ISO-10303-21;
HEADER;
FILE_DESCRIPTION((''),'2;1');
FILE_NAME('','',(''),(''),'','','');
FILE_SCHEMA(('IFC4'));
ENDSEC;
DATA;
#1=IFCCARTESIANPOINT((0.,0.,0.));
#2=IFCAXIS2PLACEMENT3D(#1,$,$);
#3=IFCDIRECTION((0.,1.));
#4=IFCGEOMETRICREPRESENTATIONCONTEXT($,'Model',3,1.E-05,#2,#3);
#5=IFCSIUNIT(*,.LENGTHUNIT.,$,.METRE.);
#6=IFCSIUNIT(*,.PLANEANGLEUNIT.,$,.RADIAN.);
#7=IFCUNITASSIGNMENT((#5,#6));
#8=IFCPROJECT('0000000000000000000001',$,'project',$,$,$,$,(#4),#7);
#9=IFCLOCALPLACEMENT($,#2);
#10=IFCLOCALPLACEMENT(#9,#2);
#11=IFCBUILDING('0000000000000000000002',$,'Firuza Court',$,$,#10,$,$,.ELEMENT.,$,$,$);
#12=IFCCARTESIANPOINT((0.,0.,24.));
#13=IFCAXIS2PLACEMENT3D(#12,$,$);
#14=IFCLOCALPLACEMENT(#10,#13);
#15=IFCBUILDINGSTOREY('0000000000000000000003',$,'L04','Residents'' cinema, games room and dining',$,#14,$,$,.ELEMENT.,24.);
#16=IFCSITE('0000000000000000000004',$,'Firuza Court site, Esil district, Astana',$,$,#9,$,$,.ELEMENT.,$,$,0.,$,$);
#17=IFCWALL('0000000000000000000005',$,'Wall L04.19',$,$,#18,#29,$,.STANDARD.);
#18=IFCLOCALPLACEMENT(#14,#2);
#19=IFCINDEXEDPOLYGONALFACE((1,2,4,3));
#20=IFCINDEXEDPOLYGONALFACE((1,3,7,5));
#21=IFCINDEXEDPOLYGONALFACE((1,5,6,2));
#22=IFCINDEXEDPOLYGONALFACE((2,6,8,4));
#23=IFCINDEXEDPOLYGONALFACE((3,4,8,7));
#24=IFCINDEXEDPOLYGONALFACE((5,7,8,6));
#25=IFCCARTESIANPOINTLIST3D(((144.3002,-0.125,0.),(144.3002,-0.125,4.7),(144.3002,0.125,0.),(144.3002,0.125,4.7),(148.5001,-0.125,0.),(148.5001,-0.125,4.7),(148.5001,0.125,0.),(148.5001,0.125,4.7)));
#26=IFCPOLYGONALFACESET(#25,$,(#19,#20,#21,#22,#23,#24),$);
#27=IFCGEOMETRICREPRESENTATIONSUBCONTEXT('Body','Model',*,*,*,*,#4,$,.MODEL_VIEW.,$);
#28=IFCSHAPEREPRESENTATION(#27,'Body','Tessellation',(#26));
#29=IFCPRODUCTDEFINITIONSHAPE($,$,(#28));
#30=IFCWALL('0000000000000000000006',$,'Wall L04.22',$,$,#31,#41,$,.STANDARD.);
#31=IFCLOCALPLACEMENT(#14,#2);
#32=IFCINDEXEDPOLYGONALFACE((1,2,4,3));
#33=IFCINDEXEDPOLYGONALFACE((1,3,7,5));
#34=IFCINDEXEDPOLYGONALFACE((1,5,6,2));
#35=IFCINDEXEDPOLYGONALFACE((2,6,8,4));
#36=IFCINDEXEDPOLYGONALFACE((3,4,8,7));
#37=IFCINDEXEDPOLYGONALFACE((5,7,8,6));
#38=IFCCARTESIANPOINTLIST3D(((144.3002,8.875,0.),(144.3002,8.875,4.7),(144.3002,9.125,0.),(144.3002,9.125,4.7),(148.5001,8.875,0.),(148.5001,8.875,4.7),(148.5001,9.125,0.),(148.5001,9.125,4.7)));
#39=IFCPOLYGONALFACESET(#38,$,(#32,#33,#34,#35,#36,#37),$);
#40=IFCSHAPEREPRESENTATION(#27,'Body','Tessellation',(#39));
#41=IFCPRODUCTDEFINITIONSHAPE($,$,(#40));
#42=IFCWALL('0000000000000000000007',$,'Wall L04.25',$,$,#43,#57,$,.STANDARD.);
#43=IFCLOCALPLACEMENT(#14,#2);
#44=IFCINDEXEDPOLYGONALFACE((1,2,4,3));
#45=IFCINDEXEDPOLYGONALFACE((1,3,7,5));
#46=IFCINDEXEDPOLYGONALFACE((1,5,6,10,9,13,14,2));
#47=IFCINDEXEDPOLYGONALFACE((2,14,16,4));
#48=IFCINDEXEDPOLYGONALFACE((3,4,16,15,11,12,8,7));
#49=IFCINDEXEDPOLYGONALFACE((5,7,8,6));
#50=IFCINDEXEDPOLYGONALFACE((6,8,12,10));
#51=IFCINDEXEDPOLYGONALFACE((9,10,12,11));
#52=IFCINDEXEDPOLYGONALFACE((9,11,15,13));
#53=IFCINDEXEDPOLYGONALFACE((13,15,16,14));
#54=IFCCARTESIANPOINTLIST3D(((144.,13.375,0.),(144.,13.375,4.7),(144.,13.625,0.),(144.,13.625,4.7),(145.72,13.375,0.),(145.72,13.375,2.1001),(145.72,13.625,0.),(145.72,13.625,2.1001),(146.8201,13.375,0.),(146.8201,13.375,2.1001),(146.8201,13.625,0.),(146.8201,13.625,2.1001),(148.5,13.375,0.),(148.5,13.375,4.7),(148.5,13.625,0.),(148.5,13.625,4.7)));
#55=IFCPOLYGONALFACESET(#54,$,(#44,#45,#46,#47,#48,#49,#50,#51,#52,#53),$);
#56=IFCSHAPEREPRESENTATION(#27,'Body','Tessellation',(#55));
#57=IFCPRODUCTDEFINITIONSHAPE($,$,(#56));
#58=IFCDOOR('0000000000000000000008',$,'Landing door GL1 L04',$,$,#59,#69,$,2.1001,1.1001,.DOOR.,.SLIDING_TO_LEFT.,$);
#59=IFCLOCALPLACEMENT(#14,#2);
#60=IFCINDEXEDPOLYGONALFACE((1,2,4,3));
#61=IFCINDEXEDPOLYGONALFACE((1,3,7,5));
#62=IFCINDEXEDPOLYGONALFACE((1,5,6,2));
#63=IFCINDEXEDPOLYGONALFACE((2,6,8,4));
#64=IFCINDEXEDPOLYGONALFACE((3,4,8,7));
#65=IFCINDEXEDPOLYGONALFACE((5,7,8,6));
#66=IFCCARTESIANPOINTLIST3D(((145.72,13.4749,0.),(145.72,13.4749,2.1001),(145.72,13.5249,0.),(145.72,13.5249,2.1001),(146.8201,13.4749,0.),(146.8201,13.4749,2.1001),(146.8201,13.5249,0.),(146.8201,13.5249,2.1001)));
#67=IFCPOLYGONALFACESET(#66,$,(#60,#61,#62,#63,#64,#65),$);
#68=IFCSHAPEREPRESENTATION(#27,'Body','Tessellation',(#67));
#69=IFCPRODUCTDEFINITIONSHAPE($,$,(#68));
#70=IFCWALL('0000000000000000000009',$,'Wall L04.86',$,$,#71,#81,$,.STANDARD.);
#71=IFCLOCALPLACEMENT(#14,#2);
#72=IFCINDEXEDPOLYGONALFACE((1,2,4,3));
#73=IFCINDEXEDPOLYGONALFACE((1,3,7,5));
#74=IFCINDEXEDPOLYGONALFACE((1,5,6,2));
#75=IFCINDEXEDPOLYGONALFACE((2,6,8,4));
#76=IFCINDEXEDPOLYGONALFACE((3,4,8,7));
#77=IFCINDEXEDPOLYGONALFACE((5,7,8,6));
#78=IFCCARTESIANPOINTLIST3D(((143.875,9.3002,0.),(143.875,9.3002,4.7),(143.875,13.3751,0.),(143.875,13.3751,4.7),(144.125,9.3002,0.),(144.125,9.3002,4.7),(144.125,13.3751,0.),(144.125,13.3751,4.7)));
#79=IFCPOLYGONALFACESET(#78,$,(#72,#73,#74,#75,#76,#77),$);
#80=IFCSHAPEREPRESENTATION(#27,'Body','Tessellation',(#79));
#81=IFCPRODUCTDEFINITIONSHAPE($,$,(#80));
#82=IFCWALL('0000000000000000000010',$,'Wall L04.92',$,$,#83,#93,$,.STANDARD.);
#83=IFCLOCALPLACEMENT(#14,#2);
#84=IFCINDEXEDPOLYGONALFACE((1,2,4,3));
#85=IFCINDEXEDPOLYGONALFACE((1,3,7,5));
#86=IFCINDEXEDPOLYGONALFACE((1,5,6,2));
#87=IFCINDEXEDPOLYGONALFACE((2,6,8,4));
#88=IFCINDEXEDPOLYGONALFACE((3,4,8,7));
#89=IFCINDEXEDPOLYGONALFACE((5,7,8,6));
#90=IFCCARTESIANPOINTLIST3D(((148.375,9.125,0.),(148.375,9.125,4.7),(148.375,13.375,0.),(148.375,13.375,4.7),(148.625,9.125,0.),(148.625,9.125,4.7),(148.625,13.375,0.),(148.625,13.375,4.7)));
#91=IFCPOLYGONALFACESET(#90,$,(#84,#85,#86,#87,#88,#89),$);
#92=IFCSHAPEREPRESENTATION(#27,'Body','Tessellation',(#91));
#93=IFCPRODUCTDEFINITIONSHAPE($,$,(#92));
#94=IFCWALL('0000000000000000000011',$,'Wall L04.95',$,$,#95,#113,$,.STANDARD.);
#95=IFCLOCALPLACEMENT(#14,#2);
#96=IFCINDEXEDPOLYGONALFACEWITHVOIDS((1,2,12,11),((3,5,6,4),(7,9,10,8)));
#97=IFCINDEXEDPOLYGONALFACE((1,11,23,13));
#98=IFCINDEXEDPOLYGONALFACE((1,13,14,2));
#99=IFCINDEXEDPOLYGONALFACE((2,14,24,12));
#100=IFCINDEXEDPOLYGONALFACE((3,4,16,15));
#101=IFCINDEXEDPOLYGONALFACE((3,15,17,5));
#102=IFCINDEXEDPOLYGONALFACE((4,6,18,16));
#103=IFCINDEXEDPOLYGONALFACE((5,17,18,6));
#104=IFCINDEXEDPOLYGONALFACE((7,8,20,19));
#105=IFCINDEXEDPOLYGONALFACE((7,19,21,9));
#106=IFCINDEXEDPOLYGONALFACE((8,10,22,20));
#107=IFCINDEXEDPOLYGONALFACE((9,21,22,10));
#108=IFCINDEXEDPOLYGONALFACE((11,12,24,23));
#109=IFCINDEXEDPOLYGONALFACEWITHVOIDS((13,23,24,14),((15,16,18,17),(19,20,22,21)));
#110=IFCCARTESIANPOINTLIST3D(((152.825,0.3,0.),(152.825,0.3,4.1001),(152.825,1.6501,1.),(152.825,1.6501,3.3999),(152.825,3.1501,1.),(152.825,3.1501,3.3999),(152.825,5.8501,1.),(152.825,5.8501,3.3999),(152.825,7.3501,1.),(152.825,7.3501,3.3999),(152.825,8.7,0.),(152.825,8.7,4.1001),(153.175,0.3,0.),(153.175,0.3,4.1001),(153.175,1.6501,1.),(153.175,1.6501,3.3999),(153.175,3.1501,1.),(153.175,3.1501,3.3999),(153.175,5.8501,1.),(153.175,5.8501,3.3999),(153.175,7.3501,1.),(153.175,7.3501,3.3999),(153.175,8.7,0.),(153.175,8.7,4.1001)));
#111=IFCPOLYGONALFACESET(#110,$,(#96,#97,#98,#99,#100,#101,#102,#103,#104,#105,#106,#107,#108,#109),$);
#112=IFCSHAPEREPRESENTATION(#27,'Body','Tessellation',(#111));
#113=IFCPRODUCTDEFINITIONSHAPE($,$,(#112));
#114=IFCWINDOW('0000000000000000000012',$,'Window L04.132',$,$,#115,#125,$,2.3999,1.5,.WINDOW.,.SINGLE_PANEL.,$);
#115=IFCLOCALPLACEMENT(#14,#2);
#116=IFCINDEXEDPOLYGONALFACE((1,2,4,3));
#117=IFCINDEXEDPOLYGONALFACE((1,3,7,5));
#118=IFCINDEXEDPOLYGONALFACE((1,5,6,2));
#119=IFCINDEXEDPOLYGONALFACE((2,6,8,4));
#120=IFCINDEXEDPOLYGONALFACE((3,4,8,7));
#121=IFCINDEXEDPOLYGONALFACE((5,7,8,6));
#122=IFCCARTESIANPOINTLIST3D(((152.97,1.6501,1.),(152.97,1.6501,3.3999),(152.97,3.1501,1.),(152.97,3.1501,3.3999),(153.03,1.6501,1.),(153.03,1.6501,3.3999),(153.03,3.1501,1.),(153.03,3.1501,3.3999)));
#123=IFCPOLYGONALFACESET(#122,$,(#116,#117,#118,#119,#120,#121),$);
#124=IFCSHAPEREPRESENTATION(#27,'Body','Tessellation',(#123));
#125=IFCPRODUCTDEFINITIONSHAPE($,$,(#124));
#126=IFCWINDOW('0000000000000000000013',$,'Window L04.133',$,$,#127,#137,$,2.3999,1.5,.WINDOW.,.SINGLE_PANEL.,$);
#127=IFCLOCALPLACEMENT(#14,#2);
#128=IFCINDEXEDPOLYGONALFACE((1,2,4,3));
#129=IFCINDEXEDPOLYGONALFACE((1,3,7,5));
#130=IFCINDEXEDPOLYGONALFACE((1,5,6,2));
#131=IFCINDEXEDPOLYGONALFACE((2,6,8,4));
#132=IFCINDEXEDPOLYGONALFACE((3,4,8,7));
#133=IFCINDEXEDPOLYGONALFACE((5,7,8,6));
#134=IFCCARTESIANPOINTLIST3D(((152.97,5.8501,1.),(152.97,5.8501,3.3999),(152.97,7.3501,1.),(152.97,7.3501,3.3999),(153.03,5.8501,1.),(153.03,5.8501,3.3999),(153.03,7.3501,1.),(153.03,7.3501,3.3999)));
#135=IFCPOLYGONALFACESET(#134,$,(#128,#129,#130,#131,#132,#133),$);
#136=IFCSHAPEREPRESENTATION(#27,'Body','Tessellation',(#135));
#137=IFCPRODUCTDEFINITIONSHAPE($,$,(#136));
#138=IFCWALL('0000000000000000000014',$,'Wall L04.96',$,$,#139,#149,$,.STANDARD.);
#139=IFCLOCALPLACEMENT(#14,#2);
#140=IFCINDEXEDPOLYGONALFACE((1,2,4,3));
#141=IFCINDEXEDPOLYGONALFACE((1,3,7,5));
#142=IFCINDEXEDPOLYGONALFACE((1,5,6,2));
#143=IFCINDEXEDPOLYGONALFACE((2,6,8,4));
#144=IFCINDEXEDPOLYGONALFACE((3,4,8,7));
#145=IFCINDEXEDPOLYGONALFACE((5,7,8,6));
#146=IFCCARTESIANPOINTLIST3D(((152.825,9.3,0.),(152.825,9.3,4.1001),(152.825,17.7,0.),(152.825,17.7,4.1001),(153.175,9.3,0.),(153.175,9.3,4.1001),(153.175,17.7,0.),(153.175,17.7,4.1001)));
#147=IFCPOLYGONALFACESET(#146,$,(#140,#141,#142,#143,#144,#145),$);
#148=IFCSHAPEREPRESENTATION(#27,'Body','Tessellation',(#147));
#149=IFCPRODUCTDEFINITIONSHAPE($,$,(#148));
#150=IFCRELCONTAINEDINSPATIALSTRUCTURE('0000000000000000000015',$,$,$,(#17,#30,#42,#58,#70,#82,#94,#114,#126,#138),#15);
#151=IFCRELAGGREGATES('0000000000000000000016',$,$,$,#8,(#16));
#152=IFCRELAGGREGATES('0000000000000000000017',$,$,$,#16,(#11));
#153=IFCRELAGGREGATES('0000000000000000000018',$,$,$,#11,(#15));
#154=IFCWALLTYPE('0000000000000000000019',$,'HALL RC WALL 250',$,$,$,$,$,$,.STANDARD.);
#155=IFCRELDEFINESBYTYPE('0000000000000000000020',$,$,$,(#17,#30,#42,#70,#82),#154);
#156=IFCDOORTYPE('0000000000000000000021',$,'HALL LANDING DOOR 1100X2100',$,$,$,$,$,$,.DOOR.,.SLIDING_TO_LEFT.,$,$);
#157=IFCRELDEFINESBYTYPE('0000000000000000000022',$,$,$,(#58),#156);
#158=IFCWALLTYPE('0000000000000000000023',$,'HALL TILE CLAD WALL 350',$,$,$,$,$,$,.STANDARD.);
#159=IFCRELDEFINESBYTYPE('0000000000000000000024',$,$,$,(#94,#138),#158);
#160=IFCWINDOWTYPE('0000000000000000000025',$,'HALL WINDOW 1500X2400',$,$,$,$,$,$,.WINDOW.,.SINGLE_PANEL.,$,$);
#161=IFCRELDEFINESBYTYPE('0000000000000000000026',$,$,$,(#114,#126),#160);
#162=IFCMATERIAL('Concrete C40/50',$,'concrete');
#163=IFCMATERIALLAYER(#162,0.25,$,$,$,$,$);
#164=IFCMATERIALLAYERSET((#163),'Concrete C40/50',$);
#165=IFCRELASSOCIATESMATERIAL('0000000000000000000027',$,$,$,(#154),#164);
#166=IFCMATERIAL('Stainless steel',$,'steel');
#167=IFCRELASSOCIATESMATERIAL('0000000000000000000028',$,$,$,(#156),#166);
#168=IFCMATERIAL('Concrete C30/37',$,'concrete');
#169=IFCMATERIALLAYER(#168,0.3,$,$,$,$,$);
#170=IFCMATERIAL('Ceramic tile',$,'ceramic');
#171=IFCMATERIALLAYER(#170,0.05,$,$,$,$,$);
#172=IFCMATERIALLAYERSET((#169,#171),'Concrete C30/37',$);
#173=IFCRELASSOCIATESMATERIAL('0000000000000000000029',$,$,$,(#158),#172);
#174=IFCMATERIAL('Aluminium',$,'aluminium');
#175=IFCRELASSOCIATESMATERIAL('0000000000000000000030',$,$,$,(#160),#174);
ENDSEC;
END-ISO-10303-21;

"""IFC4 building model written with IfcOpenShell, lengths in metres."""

from ifc_helpers import new_model, si_unit, direction, frame, frame_2d, origin, place, context, subcontext, project, spatial, rectangle, extrude, material, layer, layer_set, type_object, element, fill, save


model = new_model("IFC4")

# Units and contexts
model_context = context("Model", 3, precision=1e-05, world=origin(), true_north=direction((0.0, 1.0)))
body_context = subcontext(model_context, "Body", "Model", "MODEL_VIEW")
ifc_project = project(units=[si_unit("LENGTHUNIT", "METRE"), si_unit("PLANEANGLEUNIT", "RADIAN")], contexts=[model_context])

# Site, building, storey
site_placement = place(None, origin())
site = spatial("IfcSite", under=ifc_project, at=site_placement, Name="Firuza Court site, Esil district, Astana", CompositionType="ELEMENT", RefElevation=0.0)
building_placement = place(site_placement, origin())
building = spatial("IfcBuilding", under=site, at=building_placement, Name="Firuza Court", CompositionType="ELEMENT")
storey_placement = place(building_placement, frame((0.0, 0.0, 24.0)))
storey = spatial("IfcBuildingStorey", under=building, at=storey_placement, Name="L04", Description="Residents' cinema, games room and dining", CompositionType="ELEMENT", Elevation=24.0)

# Walls
ifc_material_1 = material(Name="Concrete C40/50", Category="concrete")
ifc_layer_1 = layer(ifc_material_1, 0.25)
ifc_layer_set_1 = layer_set([ifc_layer_1], Name="Concrete C40/50")
wall_type_1 = type_object("IfcWallType", Name="HALL RC WALL 250", PredefinedType="STANDARD", material=ifc_layer_set_1)
for number, where, z_axis, x_axis, name in (
    (1, (144.3, 0.0, 0.0), (0.0, 0.0, 1.0), (1.0, 0.0, 0.0), "Wall L04.19"),
    (2, (144.3, 9.0, 0.0), (0.0, 0.0, 1.0), (1.0, 0.0, 0.0), "Wall L04.22"),
):
    element("IfcWall", number, at=place(storey_placement, frame(where, z_axis=z_axis, x_axis=x_axis)), inside=storey, type_object=wall_type_1, Name=name, PredefinedType="STANDARD", context=body_context, shape_type="SweptSolid", body=[
        extrude(rectangle(XDim=4.2, YDim=0.25, at=frame_2d((2.1001, 0.0))), origin(), (0.0, 0.0, 1.0), 4.7),
    ])

# Wall, opening, door
wall_1_placement = place(storey_placement, frame((144.0, 13.5, 0.0), z_axis=(0.0, 0.0, 1.0), x_axis=(1.0, 0.0, 0.0)))
wall_1 = element("IfcWall", 3, at=wall_1_placement, inside=storey, type_object=wall_type_1, Name="Wall L04.25", PredefinedType="STANDARD", context=body_context, shape_type="SweptSolid", body=[
    extrude(rectangle(XDim=4.5, YDim=0.25, at=frame_2d((2.25, 0.0))), origin(), (0.0, 0.0, 1.0), 4.7),
])
opening_1_placement = place(wall_1_placement, frame((1.72, 0.0, 0.0)))
opening_1 = element("IfcOpeningElement", 4, at=opening_1_placement, cuts=wall_1, PredefinedType="OPENING", context=body_context, shape_type="SweptSolid", body=[
    extrude(rectangle(XDim=1.1001, YDim=2.1001, at=frame_2d((0.55, 1.05))), frame((0.0, 0.137, 0.0), z_axis=(0.0, -1.0, 0.0), x_axis=(1.0, 0.0, 0.0)), (0.0, 0.0, 1.0), 0.2739),
])
ifc_material_2 = material(Name="Stainless steel", Category="steel")
door_type_1 = type_object("IfcDoorType", Name="HALL LANDING DOOR 1100X2100", OperationType="SLIDING_TO_LEFT", PredefinedType="DOOR", material=ifc_material_2)
door_1_placement = place(opening_1_placement, origin())
door_1 = element("IfcDoor", 5, at=door_1_placement, inside=storey, type_object=door_type_1, Name="Landing door GL1 L04", OperationType="SLIDING_TO_LEFT", OverallHeight=2.1001, OverallWidth=1.1001, PredefinedType="DOOR", context=body_context, shape_type="SweptSolid", body=[
    extrude(rectangle(XDim=1.1001, YDim=2.1001, at=frame_2d((0.55, 1.05))), frame((0.0, 0.0249, 0.0), z_axis=(0.0, -1.0, 0.0), x_axis=(1.0, 0.0, 0.0)), (0.0, 0.0, 1.0), 0.05),
])
fill(opening_1, door_1)

# Walls
wall_2_placement = place(storey_placement, frame((144.0, 9.3, 0.0), z_axis=(0.0, 0.0, 1.0), x_axis=(0.0, 1.0, 0.0)))
element("IfcWall", 6, at=wall_2_placement, inside=storey, type_object=wall_type_1, Name="Wall L04.86", PredefinedType="STANDARD", context=body_context, shape_type="SweptSolid", body=[
    extrude(rectangle(XDim=4.075, YDim=0.25, at=frame_2d((2.0376, 0.0))), origin(), (0.0, 0.0, 1.0), 4.7),
])
wall_3_placement = place(storey_placement, frame((148.5, 9.125, 0.0), z_axis=(0.0, 0.0, 1.0), x_axis=(0.0, 1.0, 0.0)))
element("IfcWall", 7, at=wall_3_placement, inside=storey, type_object=wall_type_1, Name="Wall L04.92", PredefinedType="STANDARD", context=body_context, shape_type="SweptSolid", body=[
    extrude(rectangle(XDim=4.25, YDim=0.25, at=frame_2d((2.125, 0.0))), origin(), (0.0, 0.0, 1.0), 4.7),
])

# Wall, openings, windows
ifc_material_3 = material(Name="Concrete C30/37", Category="concrete")
ifc_layer_2 = layer(ifc_material_3, 0.3)
ifc_material_4 = material(Name="Ceramic tile", Category="ceramic")
ifc_layer_3 = layer(ifc_material_4, 0.05)
ifc_layer_set_2 = layer_set([ifc_layer_2, ifc_layer_3], Name="Concrete C30/37")
wall_type_2 = type_object("IfcWallType", Name="HALL TILE CLAD WALL 350", PredefinedType="STANDARD", material=ifc_layer_set_2)
wall_4_placement = place(storey_placement, frame((153.0, 0.3, 0.0), z_axis=(0.0, 0.0, 1.0), x_axis=(0.0, 1.0, 0.0)))
wall_4 = element("IfcWall", 8, at=wall_4_placement, inside=storey, type_object=wall_type_2, Name="Wall L04.95", PredefinedType="STANDARD", context=body_context, shape_type="SweptSolid", body=[
    extrude(rectangle(XDim=8.3999, YDim=0.3501, at=frame_2d((4.2, 0.0))), origin(), (0.0, 0.0, 1.0), 4.1001),
])
opening_2_placement = place(wall_4_placement, frame((1.3501, 0.0, 1.0)))
opening_2 = element("IfcOpeningElement", 9, at=opening_2_placement, cuts=wall_4, PredefinedType="OPENING", context=body_context, shape_type="SweptSolid", body=[
    extrude(rectangle(XDim=1.5, YDim=2.3999, at=frame_2d((0.75, 1.2))), frame((0.0, 0.187, 0.0), z_axis=(0.0, -1.0, 0.0), x_axis=(1.0, 0.0, 0.0)), (0.0, 0.0, 1.0), 0.374),
])
opening_3_placement = place(wall_4_placement, frame((5.55, 0.0, 1.0)))
opening_3 = element("IfcOpeningElement", 10, at=opening_3_placement, cuts=wall_4, PredefinedType="OPENING", context=body_context, shape_type="SweptSolid", body=[
    extrude(rectangle(XDim=1.5, YDim=2.3999, at=frame_2d((0.75, 1.2))), frame((0.0, 0.187, 0.0), z_axis=(0.0, -1.0, 0.0), x_axis=(1.0, 0.0, 0.0)), (0.0, 0.0, 1.0), 0.374),
])
ifc_material_5 = material(Name="Aluminium", Category="aluminium")
window_type = type_object("IfcWindowType", Name="HALL WINDOW 1500X2400", PartitioningType="SINGLE_PANEL", PredefinedType="WINDOW", material=ifc_material_5)
window_1_placement = place(opening_2_placement, origin())
window_1 = element("IfcWindow", 11, at=window_1_placement, inside=storey, type_object=window_type, Name="Window L04.132", OverallHeight=2.3999, OverallWidth=1.5, PartitioningType="SINGLE_PANEL", PredefinedType="WINDOW", context=body_context, shape_type="SweptSolid", body=[
    extrude(rectangle(XDim=1.5, YDim=2.3999, at=frame_2d((0.75, 1.2))), frame((0.0, 0.03, 0.0), z_axis=(0.0, -1.0, 0.0), x_axis=(1.0, 0.0, 0.0)), (0.0, 0.0, 1.0), 0.0601),
])
fill(opening_2, window_1)
window_2_placement = place(opening_3_placement, origin())
window_2 = element("IfcWindow", 12, at=window_2_placement, inside=storey, type_object=window_type, Name="Window L04.133", OverallHeight=2.3999, OverallWidth=1.5, PartitioningType="SINGLE_PANEL", PredefinedType="WINDOW", context=body_context, shape_type="SweptSolid", body=[
    extrude(rectangle(XDim=1.5, YDim=2.3999, at=frame_2d((0.75, 1.2))), frame((0.0, 0.03, 0.0), z_axis=(0.0, -1.0, 0.0), x_axis=(1.0, 0.0, 0.0)), (0.0, 0.0, 1.0), 0.0601),
])
fill(opening_3, window_2)

# Wall
wall_5_placement = place(storey_placement, frame((153.0, 9.3, 0.0), z_axis=(0.0, 0.0, 1.0), x_axis=(0.0, 1.0, 0.0)))
element("IfcWall", 13, at=wall_5_placement, inside=storey, type_object=wall_type_2, Name="Wall L04.96", PredefinedType="STANDARD", context=body_context, shape_type="SweptSolid", body=[
    extrude(rectangle(XDim=8.3999, YDim=0.3501, at=frame_2d((4.2, 0.0))), origin(), (0.0, 0.0, 1.0), 4.1001),
])

save(model, "model.ifc")
